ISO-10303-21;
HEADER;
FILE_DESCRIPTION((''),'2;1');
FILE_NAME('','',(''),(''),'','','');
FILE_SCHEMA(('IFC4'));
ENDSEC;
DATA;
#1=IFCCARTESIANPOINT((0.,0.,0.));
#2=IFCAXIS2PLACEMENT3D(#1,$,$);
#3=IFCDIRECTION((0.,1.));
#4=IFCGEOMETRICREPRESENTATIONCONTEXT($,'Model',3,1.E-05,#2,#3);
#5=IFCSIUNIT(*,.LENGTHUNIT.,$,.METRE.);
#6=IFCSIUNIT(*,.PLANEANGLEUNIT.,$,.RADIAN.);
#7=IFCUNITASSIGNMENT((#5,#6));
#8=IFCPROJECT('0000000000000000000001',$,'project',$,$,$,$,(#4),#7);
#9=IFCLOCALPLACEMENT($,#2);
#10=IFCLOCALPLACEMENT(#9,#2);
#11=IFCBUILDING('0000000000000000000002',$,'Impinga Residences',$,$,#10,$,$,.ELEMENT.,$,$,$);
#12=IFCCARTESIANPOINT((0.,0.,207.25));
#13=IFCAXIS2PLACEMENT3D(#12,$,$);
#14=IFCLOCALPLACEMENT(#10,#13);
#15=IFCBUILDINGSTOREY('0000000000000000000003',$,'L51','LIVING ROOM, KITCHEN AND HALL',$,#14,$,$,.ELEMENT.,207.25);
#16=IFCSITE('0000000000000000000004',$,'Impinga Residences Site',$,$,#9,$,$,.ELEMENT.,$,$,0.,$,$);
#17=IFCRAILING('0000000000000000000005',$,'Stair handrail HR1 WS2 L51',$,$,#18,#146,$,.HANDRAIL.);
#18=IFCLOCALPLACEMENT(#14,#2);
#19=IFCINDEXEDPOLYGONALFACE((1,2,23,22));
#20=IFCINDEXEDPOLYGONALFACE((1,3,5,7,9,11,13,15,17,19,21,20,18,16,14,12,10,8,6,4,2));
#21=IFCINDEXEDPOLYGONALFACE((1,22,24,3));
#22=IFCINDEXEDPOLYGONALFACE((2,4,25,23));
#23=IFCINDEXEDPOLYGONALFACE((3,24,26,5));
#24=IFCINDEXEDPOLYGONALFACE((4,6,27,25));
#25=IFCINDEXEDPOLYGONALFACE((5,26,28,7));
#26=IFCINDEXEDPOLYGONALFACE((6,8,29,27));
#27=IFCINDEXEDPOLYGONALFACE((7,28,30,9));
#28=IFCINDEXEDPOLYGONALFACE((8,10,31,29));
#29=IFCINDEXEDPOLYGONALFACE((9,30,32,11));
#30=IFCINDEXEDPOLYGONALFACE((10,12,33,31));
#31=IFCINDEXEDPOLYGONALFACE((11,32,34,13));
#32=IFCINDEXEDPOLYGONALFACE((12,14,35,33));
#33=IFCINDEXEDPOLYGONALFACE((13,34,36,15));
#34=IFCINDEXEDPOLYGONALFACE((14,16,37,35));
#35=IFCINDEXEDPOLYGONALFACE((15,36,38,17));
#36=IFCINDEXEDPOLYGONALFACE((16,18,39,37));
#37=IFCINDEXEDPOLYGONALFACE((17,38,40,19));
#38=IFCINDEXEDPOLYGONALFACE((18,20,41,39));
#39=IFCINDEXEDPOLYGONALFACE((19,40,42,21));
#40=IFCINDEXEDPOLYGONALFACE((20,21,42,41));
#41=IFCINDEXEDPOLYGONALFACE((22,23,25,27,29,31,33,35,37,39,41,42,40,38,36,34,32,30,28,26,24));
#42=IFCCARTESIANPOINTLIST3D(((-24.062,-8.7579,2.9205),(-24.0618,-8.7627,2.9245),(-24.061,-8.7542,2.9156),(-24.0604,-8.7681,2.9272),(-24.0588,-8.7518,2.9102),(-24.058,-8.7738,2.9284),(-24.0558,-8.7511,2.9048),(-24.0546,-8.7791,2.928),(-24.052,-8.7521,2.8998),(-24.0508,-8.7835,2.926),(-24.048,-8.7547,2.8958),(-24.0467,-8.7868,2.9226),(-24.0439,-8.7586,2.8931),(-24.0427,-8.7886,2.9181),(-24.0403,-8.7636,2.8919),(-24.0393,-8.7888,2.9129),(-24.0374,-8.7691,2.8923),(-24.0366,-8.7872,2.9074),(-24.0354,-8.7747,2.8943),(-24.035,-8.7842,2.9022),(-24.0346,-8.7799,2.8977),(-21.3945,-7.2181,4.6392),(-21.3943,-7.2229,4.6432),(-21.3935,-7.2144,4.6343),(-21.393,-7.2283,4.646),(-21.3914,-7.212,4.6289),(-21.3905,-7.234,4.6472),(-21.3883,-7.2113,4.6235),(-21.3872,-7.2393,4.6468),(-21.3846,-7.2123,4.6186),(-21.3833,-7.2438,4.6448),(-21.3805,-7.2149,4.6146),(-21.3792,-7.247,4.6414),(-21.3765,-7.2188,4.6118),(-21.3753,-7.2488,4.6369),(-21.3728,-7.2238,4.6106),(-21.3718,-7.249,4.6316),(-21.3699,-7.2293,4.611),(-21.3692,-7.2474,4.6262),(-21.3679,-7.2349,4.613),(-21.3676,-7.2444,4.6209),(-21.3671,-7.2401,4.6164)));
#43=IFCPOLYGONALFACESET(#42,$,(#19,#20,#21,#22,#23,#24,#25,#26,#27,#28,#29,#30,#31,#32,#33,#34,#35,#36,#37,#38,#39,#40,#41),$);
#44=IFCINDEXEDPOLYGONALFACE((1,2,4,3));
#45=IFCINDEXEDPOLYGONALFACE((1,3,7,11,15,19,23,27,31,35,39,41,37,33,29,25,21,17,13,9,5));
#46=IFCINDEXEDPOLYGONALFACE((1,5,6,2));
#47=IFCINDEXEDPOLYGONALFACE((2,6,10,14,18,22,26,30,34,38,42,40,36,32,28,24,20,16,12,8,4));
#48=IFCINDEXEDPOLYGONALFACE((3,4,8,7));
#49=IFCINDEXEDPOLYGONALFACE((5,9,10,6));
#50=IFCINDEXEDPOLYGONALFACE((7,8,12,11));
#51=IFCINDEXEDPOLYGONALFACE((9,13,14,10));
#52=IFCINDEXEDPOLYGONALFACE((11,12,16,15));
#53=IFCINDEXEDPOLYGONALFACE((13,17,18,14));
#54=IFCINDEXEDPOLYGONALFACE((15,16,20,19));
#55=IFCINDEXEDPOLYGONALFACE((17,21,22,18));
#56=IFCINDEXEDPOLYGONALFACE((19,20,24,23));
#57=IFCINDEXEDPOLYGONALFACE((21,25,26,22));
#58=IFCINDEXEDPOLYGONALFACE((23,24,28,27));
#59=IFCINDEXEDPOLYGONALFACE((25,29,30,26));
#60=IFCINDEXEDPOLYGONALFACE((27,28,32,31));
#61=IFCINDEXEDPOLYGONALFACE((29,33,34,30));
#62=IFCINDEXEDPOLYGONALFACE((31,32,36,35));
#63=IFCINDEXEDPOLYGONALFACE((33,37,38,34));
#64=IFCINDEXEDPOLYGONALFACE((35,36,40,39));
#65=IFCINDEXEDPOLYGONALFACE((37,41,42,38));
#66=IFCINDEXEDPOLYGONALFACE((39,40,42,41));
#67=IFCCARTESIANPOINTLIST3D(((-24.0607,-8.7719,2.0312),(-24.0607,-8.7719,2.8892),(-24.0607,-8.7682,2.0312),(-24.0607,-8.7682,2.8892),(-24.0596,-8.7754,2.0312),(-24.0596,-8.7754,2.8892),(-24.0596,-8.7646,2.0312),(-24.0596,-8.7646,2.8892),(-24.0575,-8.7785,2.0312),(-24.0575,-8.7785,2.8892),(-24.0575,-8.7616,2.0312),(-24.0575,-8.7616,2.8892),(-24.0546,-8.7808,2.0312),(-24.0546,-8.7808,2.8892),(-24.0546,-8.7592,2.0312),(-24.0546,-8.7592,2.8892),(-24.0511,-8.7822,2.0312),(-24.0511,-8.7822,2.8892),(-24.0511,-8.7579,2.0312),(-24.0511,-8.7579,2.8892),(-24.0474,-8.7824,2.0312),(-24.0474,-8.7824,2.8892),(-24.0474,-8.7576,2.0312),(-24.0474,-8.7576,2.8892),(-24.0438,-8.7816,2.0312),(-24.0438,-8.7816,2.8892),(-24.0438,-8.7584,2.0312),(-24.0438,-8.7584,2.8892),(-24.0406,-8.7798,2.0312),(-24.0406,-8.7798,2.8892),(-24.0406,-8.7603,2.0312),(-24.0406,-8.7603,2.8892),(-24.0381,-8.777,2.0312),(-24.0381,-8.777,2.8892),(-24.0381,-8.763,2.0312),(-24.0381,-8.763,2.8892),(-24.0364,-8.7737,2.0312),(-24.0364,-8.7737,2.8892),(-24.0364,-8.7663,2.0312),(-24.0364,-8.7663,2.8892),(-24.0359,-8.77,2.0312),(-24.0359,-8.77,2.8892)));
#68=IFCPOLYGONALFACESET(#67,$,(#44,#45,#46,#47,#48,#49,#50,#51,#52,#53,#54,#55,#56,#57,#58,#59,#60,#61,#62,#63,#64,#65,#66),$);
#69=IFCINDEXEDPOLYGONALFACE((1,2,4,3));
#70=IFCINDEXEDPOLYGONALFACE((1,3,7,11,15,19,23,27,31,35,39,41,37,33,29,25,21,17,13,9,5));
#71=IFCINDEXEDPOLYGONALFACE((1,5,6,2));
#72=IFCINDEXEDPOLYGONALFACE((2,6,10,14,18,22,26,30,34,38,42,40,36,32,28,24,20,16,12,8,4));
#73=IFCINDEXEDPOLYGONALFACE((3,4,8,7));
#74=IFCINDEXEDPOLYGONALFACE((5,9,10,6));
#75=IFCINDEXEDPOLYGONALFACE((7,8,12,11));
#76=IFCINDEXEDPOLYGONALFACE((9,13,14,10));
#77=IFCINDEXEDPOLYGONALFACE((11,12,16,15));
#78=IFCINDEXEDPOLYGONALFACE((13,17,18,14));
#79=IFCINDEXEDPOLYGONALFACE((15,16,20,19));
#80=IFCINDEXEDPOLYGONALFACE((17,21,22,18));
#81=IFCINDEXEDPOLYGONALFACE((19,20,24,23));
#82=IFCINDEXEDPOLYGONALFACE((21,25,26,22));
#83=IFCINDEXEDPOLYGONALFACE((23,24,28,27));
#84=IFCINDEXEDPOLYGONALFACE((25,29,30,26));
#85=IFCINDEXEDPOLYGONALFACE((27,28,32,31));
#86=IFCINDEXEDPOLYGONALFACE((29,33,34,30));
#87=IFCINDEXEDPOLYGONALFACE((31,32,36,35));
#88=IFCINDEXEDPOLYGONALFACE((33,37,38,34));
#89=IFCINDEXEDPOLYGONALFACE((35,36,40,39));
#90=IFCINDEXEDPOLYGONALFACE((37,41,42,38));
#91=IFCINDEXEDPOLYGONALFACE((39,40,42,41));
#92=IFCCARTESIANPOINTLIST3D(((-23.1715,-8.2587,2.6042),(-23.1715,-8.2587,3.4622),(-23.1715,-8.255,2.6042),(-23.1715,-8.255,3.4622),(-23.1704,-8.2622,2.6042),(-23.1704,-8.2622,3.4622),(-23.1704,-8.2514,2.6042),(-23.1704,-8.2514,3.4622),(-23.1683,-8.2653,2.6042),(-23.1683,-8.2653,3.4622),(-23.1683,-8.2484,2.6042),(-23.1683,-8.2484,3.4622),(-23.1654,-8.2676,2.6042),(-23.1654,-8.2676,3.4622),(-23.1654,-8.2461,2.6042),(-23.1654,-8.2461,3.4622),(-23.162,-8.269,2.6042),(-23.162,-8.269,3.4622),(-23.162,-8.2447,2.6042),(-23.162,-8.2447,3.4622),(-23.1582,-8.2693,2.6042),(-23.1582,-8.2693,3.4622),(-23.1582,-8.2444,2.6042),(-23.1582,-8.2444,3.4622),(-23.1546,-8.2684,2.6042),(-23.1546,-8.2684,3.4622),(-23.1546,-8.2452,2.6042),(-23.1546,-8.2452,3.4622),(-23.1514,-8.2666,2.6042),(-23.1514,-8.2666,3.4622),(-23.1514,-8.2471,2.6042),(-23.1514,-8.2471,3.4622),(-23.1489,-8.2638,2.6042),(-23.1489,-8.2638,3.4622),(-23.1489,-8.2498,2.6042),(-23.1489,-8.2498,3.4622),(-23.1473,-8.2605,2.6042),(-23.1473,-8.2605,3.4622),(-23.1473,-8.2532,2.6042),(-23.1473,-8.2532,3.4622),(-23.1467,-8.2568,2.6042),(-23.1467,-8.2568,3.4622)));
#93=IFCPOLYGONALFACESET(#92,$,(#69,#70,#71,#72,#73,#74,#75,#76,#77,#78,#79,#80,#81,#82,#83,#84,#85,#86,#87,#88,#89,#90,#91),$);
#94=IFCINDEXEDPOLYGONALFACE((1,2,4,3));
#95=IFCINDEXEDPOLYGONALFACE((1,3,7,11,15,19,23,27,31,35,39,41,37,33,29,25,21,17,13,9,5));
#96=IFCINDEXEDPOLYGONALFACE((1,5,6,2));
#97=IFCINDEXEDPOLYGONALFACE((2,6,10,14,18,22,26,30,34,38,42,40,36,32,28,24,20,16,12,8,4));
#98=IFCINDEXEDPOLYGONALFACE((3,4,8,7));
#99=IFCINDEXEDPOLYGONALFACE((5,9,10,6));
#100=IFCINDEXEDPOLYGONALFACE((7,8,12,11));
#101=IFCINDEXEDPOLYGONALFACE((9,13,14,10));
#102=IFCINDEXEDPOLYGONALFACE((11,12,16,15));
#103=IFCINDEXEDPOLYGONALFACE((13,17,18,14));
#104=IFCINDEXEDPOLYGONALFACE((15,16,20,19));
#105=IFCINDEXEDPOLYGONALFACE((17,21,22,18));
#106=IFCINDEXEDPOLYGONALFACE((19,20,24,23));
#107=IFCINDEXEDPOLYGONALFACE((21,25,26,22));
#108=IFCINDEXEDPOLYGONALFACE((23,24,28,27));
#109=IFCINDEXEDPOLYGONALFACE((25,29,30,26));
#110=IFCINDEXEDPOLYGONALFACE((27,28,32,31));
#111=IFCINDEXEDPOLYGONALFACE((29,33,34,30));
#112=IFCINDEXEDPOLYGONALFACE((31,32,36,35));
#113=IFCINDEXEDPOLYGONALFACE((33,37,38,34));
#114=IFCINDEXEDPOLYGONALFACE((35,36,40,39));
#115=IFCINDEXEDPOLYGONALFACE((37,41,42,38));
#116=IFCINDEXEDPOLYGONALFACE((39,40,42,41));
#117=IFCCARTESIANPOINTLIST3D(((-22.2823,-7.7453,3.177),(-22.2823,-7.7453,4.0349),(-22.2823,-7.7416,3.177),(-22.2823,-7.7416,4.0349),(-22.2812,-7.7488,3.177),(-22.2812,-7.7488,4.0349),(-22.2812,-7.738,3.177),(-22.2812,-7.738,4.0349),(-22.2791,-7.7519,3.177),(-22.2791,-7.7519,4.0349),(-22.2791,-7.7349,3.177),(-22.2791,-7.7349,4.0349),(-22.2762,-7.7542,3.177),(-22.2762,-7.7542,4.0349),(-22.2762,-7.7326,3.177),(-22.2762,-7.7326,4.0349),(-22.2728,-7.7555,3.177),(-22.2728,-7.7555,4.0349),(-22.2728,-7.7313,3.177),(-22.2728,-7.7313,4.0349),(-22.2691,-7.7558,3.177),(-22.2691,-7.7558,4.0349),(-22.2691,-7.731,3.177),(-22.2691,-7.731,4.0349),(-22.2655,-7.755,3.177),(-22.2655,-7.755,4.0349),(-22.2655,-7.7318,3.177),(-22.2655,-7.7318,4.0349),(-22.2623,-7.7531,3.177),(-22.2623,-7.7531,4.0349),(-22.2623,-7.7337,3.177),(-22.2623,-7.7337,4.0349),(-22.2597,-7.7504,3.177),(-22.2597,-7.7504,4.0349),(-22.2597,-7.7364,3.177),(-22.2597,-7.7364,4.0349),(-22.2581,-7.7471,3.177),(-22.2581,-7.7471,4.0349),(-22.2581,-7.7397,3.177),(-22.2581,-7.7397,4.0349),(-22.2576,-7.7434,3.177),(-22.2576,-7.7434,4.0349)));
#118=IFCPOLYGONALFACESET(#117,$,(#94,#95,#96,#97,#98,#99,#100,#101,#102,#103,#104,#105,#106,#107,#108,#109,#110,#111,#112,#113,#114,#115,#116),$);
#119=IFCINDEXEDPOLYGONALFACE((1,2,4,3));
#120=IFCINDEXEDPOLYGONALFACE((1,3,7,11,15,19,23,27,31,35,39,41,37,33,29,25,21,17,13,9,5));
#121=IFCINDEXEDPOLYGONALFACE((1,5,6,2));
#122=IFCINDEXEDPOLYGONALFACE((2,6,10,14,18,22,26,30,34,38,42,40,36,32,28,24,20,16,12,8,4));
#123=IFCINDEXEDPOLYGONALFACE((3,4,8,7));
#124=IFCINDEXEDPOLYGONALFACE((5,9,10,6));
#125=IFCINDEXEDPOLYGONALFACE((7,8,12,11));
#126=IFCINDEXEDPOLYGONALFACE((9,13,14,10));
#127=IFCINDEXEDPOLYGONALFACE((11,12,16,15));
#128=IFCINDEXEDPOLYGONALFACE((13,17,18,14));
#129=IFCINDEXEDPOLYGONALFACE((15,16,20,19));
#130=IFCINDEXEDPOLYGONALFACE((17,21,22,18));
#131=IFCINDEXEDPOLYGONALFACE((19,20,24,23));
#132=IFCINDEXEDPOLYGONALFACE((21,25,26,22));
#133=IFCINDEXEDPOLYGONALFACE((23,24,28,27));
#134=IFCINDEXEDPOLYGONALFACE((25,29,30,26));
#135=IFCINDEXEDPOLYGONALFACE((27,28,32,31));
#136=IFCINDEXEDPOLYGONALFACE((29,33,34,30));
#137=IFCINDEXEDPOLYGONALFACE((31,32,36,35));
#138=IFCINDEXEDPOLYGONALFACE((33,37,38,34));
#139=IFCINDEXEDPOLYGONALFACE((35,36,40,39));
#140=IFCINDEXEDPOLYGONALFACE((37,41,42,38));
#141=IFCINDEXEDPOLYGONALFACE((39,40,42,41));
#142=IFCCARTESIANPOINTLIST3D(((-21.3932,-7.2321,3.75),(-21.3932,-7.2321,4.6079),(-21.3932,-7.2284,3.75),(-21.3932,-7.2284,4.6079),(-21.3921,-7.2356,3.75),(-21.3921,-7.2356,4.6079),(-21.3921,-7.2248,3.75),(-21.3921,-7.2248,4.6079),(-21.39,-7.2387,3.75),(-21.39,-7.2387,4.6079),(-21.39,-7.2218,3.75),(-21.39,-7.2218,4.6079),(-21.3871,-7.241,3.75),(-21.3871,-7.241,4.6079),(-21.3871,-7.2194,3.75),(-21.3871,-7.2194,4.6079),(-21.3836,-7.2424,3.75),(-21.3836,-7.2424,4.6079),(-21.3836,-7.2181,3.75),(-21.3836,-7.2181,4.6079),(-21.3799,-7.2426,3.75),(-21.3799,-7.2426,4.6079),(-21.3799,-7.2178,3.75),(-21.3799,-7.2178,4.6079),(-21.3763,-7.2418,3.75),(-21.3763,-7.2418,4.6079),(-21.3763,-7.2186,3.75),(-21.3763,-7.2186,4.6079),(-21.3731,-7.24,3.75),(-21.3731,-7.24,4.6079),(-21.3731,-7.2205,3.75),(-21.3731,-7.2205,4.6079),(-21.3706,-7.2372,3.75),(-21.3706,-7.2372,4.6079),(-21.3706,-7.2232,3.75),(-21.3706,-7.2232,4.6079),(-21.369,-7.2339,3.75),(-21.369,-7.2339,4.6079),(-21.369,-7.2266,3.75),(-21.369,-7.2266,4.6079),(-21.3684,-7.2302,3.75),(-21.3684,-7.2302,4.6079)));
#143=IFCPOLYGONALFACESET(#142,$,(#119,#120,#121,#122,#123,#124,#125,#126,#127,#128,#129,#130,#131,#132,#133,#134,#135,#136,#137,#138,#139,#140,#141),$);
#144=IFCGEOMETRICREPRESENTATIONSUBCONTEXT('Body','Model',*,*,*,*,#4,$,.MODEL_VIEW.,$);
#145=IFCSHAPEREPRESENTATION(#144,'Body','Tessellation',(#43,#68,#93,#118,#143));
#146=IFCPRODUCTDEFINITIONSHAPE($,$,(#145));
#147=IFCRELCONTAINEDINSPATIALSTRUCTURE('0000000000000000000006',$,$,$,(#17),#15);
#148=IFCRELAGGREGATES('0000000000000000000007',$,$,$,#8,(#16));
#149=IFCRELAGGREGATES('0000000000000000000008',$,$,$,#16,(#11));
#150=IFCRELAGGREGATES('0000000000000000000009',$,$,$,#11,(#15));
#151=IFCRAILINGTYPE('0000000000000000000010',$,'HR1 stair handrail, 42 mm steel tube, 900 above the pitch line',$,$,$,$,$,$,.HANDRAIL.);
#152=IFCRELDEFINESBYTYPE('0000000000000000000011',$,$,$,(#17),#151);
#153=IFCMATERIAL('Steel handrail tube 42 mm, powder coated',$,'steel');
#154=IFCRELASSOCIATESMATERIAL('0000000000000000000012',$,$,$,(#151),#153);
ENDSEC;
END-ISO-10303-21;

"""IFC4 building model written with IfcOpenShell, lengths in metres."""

from ifc_helpers import new_model, si_unit, direction, frame, origin, origin_2d, place, context, subcontext, project, spatial, circle, extrude, material, type_object, element, save


model = new_model("IFC4")

# Units and contexts
model_context = context("Model", 3, precision=1e-05, world=origin(), true_north=direction((0.0, 1.0)))
body_context = subcontext(model_context, "Body", "Model", "MODEL_VIEW")
ifc_project = project(units=[si_unit("LENGTHUNIT", "METRE"), si_unit("PLANEANGLEUNIT", "RADIAN")], contexts=[model_context])

# Site, building, storey
site_placement = place(None, origin())
site = spatial("IfcSite", under=ifc_project, at=site_placement, Name="Impinga Residences Site", CompositionType="ELEMENT", RefElevation=0.0)
building_placement = place(site_placement, origin())
building = spatial("IfcBuilding", under=site, at=building_placement, Name="Impinga Residences", CompositionType="ELEMENT")
storey_placement = place(building_placement, frame((0.0, 0.0, 207.25)))
storey = spatial("IfcBuildingStorey", under=building, at=storey_placement, Name="L51", Description="LIVING ROOM, KITCHEN AND HALL", CompositionType="ELEMENT", Elevation=207.25)

# Railing
ifc_material_1 = material(Name="Steel handrail tube 42 mm, powder coated", Category="steel")
railing_type = type_object("IfcRailingType", Name="HR1 stair handrail, 42 mm steel tube, 900 above the pitch line", PredefinedType="HANDRAIL", material=ifc_material_1)
railing_placement = place(storey_placement, frame((-24.0483, -8.77, 2.0312)))
element("IfcRailing", 1, at=railing_placement, inside=storey, type_object=railing_type, Name="Stair handrail HR1 WS2 L51", PredefinedType="HANDRAIL", context=body_context, shape_type="SweptSolid", body=[
    extrude(circle(Radius=0.021, at=origin_2d()), frame((0.0, 0.0, 0.8789), z_axis=(0.756279, 0.43656, 0.487297), x_axis=(-0.499933, 0.866064, 0.0)), (0.0, 0.0, 1.0), 3.5271),
    extrude(circle(Radius=0.0125, at=origin_2d()), origin(), (0.0, 0.0, 1.0), 0.8579),
    extrude(circle(Radius=0.0125, at=origin_2d()), frame((0.8892, 0.5132, 0.573)), (0.0, 0.0, 1.0), 0.8579),
    extrude(circle(Radius=0.0125, at=origin_2d()), frame((1.7783, 1.0266, 1.1458)), (0.0, 0.0, 1.0), 0.8579),
    extrude(circle(Radius=0.0125, at=origin_2d()), frame((2.6675, 1.5398, 1.7188)), (0.0, 0.0, 1.0), 0.8579),
])

save(model, "model.ifc")
